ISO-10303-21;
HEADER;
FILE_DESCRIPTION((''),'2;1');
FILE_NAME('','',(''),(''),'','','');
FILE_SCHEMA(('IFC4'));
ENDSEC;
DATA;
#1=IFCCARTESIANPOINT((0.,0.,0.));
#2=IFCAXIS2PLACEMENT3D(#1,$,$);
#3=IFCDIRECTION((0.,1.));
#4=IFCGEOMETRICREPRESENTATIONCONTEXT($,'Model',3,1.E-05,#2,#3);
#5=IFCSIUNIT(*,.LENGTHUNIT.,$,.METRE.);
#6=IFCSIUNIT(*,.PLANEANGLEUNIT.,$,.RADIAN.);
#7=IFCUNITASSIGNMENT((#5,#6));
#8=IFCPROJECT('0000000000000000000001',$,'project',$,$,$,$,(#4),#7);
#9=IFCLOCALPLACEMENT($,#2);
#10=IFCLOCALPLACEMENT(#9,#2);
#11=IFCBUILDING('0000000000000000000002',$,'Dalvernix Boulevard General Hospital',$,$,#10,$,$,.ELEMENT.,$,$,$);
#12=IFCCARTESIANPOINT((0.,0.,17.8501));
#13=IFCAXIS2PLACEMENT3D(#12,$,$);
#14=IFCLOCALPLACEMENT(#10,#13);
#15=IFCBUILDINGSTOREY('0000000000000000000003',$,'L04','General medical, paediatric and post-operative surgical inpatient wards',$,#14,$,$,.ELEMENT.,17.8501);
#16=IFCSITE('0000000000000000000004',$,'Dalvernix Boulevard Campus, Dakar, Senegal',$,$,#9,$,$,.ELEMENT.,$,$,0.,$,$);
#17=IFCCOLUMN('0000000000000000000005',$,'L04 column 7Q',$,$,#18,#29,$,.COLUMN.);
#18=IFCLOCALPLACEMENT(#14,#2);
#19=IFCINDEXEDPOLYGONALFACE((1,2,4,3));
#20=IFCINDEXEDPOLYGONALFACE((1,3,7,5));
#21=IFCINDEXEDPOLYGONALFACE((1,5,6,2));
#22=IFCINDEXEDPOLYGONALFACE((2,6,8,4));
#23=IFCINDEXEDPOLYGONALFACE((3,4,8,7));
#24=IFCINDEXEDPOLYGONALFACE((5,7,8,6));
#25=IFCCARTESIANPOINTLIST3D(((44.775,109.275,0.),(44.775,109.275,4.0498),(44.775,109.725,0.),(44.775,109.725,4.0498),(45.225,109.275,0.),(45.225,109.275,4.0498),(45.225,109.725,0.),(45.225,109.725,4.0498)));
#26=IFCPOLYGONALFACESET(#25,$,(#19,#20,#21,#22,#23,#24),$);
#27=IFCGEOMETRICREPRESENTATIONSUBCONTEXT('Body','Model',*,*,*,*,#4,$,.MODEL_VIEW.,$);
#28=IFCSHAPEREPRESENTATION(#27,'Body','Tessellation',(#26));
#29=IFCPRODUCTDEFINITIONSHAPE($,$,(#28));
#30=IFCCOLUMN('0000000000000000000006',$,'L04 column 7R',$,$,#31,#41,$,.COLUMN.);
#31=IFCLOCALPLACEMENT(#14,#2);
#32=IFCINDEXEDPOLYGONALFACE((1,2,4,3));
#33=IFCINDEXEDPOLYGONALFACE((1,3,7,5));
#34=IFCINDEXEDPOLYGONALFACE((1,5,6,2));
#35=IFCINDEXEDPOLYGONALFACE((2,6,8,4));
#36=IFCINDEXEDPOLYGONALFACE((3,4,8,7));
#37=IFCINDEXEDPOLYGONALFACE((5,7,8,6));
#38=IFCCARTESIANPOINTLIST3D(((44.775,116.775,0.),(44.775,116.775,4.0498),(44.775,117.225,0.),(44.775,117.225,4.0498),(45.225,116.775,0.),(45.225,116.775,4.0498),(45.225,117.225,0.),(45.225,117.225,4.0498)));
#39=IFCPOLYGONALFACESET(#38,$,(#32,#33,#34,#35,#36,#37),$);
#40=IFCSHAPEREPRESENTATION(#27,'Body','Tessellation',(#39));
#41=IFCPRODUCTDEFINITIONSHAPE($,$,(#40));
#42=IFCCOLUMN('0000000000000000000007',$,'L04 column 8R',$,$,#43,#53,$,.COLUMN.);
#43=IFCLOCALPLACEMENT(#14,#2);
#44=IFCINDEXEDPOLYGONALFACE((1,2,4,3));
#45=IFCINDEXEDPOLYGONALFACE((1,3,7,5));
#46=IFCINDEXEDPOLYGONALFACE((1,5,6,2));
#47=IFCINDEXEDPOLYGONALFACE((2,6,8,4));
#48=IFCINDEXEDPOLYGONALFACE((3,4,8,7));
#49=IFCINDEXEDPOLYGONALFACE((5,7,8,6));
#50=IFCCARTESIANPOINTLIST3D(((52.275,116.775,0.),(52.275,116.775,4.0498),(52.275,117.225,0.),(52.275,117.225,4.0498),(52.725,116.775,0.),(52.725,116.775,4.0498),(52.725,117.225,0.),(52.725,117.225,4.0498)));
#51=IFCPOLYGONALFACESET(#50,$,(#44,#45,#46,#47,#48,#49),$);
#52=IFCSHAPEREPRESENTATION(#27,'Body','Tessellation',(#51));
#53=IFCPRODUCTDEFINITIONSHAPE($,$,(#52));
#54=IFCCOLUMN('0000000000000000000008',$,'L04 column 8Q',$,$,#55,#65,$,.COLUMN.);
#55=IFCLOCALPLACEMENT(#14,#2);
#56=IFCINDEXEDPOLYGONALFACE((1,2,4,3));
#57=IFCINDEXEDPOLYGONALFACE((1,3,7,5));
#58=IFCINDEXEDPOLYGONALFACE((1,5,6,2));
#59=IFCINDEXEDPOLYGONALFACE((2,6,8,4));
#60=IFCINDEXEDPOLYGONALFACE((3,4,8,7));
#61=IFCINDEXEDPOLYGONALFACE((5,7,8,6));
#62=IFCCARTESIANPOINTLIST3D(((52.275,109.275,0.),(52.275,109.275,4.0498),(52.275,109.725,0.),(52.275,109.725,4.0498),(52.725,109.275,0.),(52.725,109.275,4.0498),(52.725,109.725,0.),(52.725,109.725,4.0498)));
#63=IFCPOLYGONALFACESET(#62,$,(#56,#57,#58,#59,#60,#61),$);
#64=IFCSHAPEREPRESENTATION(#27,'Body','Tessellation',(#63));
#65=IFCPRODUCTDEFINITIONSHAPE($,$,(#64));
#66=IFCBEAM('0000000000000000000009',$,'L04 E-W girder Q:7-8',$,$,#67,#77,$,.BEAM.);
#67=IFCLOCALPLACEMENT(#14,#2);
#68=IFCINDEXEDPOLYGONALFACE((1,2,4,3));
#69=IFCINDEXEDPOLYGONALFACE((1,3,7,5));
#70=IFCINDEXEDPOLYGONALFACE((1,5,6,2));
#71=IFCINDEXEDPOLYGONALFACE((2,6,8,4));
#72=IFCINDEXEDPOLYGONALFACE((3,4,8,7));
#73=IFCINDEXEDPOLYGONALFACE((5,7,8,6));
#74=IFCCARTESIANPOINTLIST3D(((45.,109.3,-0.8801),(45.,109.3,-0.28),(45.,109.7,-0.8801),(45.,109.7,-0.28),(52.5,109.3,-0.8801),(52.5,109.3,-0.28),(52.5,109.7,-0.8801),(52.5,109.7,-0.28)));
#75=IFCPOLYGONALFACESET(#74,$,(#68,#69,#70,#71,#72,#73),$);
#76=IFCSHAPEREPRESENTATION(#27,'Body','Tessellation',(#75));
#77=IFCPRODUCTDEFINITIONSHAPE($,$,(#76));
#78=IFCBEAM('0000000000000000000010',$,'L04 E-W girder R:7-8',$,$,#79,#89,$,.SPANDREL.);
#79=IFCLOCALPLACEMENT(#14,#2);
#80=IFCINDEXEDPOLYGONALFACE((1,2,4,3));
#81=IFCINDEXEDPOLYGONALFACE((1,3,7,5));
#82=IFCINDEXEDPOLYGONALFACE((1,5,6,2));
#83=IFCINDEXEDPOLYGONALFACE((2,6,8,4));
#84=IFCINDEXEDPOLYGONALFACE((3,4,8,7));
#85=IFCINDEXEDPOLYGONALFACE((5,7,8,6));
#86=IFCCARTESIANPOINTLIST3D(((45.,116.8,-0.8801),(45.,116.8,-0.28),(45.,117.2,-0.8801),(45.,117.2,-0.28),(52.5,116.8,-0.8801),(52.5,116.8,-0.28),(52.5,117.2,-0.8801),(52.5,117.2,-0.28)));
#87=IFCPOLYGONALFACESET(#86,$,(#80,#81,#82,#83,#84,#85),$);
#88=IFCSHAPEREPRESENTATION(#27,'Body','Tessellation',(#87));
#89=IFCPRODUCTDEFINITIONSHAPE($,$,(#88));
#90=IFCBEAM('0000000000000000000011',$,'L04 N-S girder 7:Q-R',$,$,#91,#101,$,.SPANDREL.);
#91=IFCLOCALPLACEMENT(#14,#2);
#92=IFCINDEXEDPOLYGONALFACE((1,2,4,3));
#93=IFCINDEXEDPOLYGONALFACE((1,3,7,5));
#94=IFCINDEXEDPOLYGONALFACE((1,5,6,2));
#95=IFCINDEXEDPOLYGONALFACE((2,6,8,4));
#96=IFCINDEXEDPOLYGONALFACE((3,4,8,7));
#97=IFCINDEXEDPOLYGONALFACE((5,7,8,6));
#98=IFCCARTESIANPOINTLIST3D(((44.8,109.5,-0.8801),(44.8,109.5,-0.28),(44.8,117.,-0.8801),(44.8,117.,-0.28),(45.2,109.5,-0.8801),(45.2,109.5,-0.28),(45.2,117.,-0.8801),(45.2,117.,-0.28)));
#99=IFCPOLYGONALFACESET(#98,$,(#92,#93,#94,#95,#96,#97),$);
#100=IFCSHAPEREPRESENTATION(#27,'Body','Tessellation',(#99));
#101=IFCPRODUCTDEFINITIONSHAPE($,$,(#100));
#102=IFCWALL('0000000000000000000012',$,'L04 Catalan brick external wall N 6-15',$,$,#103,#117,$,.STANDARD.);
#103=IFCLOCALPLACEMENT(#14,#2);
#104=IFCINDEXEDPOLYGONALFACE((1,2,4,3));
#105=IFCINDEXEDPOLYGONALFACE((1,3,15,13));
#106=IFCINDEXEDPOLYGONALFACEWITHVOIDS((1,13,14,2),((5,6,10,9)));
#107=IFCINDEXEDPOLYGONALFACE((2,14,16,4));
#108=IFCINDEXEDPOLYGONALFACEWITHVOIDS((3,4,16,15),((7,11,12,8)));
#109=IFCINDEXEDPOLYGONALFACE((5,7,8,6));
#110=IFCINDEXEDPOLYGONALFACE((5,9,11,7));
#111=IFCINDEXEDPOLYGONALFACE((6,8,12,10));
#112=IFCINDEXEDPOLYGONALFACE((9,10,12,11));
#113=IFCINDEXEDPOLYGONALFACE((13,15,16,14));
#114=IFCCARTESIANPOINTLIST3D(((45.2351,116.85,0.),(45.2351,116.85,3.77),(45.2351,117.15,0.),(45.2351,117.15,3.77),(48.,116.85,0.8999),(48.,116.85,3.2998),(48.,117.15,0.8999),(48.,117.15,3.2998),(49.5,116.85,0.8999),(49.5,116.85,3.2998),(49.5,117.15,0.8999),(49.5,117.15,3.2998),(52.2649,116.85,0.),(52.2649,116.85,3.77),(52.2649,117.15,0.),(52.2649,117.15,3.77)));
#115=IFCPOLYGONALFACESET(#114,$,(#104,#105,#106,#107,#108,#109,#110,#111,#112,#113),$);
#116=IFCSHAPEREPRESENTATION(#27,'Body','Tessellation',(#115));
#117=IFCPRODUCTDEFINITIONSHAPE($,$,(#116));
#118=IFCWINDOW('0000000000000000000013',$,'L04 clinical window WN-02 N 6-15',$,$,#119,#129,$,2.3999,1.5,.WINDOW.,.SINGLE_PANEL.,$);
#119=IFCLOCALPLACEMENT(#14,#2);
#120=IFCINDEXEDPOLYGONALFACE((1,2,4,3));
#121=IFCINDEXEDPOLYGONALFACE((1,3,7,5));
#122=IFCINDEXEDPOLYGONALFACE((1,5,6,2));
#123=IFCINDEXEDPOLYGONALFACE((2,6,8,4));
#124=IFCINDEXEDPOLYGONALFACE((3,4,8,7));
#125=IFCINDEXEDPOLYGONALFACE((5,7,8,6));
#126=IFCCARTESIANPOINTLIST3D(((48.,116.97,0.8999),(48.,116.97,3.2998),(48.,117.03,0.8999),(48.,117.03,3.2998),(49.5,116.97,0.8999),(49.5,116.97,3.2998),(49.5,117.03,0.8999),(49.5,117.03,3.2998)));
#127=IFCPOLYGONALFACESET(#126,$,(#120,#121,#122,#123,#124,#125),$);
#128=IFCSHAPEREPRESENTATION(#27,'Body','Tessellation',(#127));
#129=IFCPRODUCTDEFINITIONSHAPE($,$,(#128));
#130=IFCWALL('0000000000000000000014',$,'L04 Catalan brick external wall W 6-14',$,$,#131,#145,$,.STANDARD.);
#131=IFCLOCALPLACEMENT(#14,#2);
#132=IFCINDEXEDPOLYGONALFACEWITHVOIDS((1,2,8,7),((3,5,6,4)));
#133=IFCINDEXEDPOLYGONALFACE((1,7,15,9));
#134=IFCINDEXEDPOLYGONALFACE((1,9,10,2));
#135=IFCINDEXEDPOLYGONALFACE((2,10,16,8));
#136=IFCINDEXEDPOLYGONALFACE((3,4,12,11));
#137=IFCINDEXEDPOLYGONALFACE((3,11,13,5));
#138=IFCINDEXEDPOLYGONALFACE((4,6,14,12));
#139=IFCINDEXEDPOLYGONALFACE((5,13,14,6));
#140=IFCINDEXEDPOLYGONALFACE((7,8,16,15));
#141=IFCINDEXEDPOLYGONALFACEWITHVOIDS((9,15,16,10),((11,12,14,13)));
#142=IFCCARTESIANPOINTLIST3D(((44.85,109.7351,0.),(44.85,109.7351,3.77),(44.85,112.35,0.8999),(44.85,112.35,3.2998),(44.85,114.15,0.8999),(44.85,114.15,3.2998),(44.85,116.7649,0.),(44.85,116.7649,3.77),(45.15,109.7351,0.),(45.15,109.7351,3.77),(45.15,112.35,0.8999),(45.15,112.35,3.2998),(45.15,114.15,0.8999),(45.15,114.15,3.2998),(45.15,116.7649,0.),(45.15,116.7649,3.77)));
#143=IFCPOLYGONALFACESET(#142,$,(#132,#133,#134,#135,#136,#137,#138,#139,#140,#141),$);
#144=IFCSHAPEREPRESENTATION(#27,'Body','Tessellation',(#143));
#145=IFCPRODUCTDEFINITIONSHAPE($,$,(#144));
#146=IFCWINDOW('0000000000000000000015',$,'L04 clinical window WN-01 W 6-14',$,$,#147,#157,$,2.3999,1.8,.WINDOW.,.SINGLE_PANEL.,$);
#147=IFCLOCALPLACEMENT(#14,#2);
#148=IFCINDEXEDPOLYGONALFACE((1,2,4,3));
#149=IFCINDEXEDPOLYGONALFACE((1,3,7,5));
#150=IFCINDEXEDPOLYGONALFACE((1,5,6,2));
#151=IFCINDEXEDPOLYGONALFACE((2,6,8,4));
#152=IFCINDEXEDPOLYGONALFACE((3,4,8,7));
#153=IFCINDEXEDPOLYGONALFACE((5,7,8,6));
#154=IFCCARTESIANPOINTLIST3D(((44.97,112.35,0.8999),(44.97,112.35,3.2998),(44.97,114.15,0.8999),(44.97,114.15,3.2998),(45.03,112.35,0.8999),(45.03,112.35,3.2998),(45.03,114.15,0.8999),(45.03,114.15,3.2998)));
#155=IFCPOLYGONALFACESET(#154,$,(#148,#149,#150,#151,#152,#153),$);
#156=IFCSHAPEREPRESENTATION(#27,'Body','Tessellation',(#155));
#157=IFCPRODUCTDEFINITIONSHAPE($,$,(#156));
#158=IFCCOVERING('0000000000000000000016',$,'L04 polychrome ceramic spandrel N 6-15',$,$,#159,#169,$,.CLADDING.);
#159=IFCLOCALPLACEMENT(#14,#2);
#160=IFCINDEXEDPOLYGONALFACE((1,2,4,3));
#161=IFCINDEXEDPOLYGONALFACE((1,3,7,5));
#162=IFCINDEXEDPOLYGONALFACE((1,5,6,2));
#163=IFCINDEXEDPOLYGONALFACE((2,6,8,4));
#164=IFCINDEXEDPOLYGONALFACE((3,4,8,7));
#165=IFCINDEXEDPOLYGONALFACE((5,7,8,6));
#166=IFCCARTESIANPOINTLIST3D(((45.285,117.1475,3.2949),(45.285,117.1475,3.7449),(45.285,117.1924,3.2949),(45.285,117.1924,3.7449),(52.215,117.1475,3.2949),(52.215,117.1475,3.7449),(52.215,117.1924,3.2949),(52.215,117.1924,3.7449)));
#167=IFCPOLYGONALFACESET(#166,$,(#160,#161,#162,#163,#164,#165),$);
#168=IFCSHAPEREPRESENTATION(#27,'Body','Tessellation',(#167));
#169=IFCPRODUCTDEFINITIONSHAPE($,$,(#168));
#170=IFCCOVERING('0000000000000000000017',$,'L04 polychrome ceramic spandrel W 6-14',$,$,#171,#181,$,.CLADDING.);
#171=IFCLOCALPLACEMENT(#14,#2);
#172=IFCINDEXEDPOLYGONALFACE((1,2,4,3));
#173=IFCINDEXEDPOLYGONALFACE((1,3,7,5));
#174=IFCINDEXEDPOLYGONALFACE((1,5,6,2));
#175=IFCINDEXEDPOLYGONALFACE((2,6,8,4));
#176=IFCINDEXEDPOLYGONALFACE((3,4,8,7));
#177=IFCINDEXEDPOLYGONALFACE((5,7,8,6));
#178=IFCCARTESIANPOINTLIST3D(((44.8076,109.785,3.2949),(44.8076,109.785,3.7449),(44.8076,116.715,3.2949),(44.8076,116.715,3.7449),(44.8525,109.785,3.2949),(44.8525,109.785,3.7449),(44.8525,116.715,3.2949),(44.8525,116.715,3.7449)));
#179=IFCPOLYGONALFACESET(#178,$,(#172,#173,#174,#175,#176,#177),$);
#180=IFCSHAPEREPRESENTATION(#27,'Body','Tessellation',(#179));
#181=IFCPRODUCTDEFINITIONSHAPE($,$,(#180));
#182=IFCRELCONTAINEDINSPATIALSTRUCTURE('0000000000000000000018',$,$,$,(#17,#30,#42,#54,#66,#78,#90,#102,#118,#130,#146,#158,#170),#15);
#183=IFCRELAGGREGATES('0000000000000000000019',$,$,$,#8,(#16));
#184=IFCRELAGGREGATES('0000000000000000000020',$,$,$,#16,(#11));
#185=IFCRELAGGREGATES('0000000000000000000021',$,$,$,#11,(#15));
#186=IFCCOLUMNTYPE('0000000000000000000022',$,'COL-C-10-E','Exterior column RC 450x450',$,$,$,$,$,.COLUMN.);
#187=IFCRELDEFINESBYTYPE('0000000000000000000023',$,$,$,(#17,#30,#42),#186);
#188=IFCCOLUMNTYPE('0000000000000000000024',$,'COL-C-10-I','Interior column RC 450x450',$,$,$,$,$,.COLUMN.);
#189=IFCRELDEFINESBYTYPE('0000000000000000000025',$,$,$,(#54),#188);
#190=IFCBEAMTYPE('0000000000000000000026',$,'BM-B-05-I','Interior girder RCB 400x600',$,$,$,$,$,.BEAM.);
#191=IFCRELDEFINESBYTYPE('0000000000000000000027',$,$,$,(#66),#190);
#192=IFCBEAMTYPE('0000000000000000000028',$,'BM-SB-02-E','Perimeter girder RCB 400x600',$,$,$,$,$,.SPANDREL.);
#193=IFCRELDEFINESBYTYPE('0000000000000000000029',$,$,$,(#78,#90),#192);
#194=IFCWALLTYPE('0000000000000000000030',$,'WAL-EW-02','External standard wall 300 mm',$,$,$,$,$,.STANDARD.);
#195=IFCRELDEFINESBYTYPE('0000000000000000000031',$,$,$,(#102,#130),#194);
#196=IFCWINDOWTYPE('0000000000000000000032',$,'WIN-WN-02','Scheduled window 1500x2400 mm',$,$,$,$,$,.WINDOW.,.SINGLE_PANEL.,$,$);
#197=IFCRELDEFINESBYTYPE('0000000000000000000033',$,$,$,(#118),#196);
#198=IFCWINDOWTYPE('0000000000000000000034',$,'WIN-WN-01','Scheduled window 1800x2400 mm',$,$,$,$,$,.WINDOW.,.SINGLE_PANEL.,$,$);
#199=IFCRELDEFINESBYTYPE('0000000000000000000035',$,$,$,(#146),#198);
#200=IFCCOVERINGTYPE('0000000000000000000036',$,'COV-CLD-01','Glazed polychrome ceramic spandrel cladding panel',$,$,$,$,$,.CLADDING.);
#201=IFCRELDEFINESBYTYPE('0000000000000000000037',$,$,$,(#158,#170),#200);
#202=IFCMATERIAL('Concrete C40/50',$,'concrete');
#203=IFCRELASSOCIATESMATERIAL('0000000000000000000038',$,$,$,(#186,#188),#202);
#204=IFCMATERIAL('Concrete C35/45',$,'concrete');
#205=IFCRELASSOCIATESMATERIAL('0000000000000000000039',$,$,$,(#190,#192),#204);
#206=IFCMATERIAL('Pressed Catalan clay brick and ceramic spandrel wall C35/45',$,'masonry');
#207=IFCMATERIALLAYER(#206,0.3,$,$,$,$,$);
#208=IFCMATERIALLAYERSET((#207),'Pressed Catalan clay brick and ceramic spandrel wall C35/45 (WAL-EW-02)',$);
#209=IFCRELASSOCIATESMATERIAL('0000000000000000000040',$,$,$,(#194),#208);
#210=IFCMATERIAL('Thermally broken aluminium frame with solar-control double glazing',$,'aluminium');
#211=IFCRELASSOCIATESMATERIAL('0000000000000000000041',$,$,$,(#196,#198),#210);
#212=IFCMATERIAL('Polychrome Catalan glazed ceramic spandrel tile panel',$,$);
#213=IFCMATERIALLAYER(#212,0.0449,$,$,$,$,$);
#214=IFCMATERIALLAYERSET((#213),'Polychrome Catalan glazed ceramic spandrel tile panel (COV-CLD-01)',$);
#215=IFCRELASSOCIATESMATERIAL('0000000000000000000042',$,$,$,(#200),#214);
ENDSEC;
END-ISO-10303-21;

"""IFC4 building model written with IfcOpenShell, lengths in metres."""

from ifc_helpers import new_model, si_unit, direction, frame, frame_2d, origin, origin_2d, place, context, subcontext, project, spatial, rectangle, extrude, material, layer, layer_set, material_profile, profile_set, type_object, element, fill, save


model = new_model("IFC4")

# Units and contexts
model_context = context("Model", 3, precision=1e-05, world=origin(), true_north=direction((0.0, 1.0)))
body_context = subcontext(model_context, "Body", "Model", "MODEL_VIEW")
ifc_project = project(units=[si_unit("LENGTHUNIT", "METRE"), si_unit("PLANEANGLEUNIT", "RADIAN")], contexts=[model_context])

# Site, building, storey
site_placement = place(None, origin())
site = spatial("IfcSite", under=ifc_project, at=site_placement, Name="Dalvernix Boulevard Campus, Dakar, Senegal", CompositionType="ELEMENT", RefElevation=0.0)
building_placement = place(site_placement, origin())
building = spatial("IfcBuilding", under=site, at=building_placement, Name="Dalvernix Boulevard General Hospital", CompositionType="ELEMENT")
storey_placement = place(building_placement, frame((0.0, 0.0, 17.8501)))
storey = spatial("IfcBuildingStorey", under=building, at=storey_placement, Name="L04", Description="General medical, paediatric and post-operative surgical inpatient wards", CompositionType="ELEMENT", Elevation=17.8501)

# Columns
ifc_material_1 = material(Name="Concrete C40/50", Category="concrete")
ifc_material_profile_1 = material_profile(ifc_material_1, rectangle(XDim=0.45, YDim=0.45, at=origin_2d()), Name="RC 450x450")
ifc_profile_set_1 = profile_set([ifc_material_profile_1], Name="Concrete C40/50")
column_type_1 = type_object("IfcColumnType", Name="COL-C-10-E", Description="Exterior column RC 450x450", PredefinedType="COLUMN", material=ifc_profile_set_1)
for number, where, z_axis, x_axis, name in (
    (1, (45.0, 109.5, 0.0), (0.0, 0.0, 1.0), (1.0, 0.0, 0.0), "L04 column 7Q"),
    (2, (45.0, 117.0, 0.0), (0.0, 0.0, 1.0), (1.0, 0.0, 0.0), "L04 column 7R"),
    (3, (52.5, 117.0, 0.0), (0.0, 0.0, 1.0), (1.0, 0.0, 0.0), "L04 column 8R"),
):
    element("IfcColumn", number, at=place(storey_placement, frame(where, z_axis=z_axis, x_axis=x_axis)), inside=storey, type_object=column_type_1, Name=name, PredefinedType="COLUMN", context=body_context, shape_type="SweptSolid", body=[
        extrude(rectangle(XDim=0.45, YDim=0.45, at=origin_2d()), origin(), (0.0, 0.0, 1.0), 4.0498),
    ])
ifc_material_profile_2 = material_profile(ifc_material_1, rectangle(XDim=0.45, YDim=0.45, at=origin_2d()), Name="RC 450x450")
ifc_profile_set_2 = profile_set([ifc_material_profile_2], Name="Concrete C40/50")
column_type_2 = type_object("IfcColumnType", Name="COL-C-10-I", Description="Interior column RC 450x450", PredefinedType="COLUMN", material=ifc_profile_set_2)
column_placement = place(storey_placement, frame((52.5, 109.5, 0.0), z_axis=(0.0, 0.0, 1.0), x_axis=(1.0, 0.0, 0.0)))
element("IfcColumn", 4, at=column_placement, inside=storey, type_object=column_type_2, Name="L04 column 8Q", PredefinedType="COLUMN", context=body_context, shape_type="SweptSolid", body=[
    extrude(rectangle(XDim=0.45, YDim=0.45, at=origin_2d()), origin(), (0.0, 0.0, 1.0), 4.0498),
])

# Beams
ifc_material_2 = material(Name="Concrete C35/45", Category="concrete")
ifc_material_profile_3 = material_profile(ifc_material_2, rectangle(XDim=0.3999, YDim=0.6001, at=origin_2d()), Name="RCB 400x600")
ifc_profile_set_3 = profile_set([ifc_material_profile_3], Name="Concrete C35/45")
beam_type_1 = type_object("IfcBeamType", Name="BM-B-05-I", Description="Interior girder RCB 400x600", PredefinedType="BEAM", material=ifc_profile_set_3)
beam_placement = place(storey_placement, frame((45.0, 109.5, -0.5801), z_axis=(1.0, 0.0, 0.0), x_axis=(0.0, 1.0, 0.0)))
element("IfcBeam", 5, at=beam_placement, inside=storey, type_object=beam_type_1, Name="L04 E-W girder Q:7-8", PredefinedType="BEAM", context=body_context, shape_type="SweptSolid", body=[
    extrude(rectangle(XDim=0.3999, YDim=0.6001, at=origin_2d()), origin(), (0.0, 0.0, 1.0), 7.5),
])
ifc_material_profile_4 = material_profile(ifc_material_2, rectangle(XDim=0.3999, YDim=0.6001, at=origin_2d()), Name="RCB 400x600")
ifc_profile_set_4 = profile_set([ifc_material_profile_4], Name="Concrete C35/45")
beam_type_2 = type_object("IfcBeamType", Name="BM-SB-02-E", Description="Perimeter girder RCB 400x600", PredefinedType="SPANDREL", material=ifc_profile_set_4)
for number, where, z_axis, x_axis, name in (
    (6, (45.0, 117.0, -0.5801), (1.0, 0.0, 0.0), (0.0, 1.0, 0.0), "L04 E-W girder R:7-8"),
    (7, (45.0, 109.5, -0.5801), (0.0, 1.0, 0.0), (-1.0, 0.0, 0.0), "L04 N-S girder 7:Q-R"),
):
    element("IfcBeam", number, at=place(storey_placement, frame(where, z_axis=z_axis, x_axis=x_axis)), inside=storey, type_object=beam_type_2, Name=name, PredefinedType="SPANDREL", context=body_context, shape_type="SweptSolid", body=[
        extrude(rectangle(XDim=0.3999, YDim=0.6001, at=origin_2d()), origin(), (0.0, 0.0, 1.0), 7.5),
    ])

# Walls, openings, windows
ifc_material_3 = material(Name="Pressed Catalan clay brick and ceramic spandrel wall C35/45", Category="masonry")
ifc_layer_1 = layer(ifc_material_3, 0.3)
ifc_layer_set_1 = layer_set([ifc_layer_1], Name="Pressed Catalan clay brick and ceramic spandrel wall C35/45 (WAL-EW-02)")
wall_type = type_object("IfcWallType", Name="WAL-EW-02", Description="External standard wall 300 mm", PredefinedType="STANDARD", material=ifc_layer_set_1)
wall_1_placement = place(storey_placement, frame((45.2351, 117.0, 0.0), z_axis=(0.0, 0.0, 1.0), x_axis=(1.0, 0.0, 0.0)))
wall_1 = element("IfcWall", 8, at=wall_1_placement, inside=storey, type_object=wall_type, Name="L04 Catalan brick external wall N 6-15", PredefinedType="STANDARD", context=body_context, shape_type="SweptSolid", body=[
    extrude(rectangle(XDim=7.0298, YDim=0.3, at=frame_2d((3.5149, 0.0))), origin(), (0.0, 0.0, 1.0), 3.77),
])
opening_1_placement = place(wall_1_placement, frame((2.7649, 0.0, 0.8999)))
opening_1 = element("IfcOpeningElement", 9, at=opening_1_placement, cuts=wall_1, PredefinedType="OPENING", context=body_context, shape_type="SweptSolid", body=[
    extrude(rectangle(XDim=1.5, YDim=2.3999, at=frame_2d((0.75, 1.2))), frame((0.0, 0.1599, 0.0), z_axis=(0.0, -1.0, 0.0), x_axis=(1.0, 0.0, 0.0)), (0.0, 0.0, 1.0), 0.3201),
])
ifc_material_4 = material(Name="Thermally broken aluminium frame with solar-control double glazing", Category="aluminium")
window_type_1 = type_object("IfcWindowType", Name="WIN-WN-02", Description="Scheduled window 1500x2400 mm", PartitioningType="SINGLE_PANEL", PredefinedType="WINDOW", material=ifc_material_4)
window_1_placement = place(opening_1_placement, origin())
window_1 = element("IfcWindow", 10, at=window_1_placement, inside=storey, type_object=window_type_1, Name="L04 clinical window WN-02 N 6-15", OverallHeight=2.3999, OverallWidth=1.5, PartitioningType="SINGLE_PANEL", PredefinedType="WINDOW", context=body_context, shape_type="SweptSolid", body=[
    extrude(rectangle(XDim=1.5, YDim=2.3999, at=frame_2d((0.75, 1.2))), frame((0.0, 0.03, 0.0), z_axis=(0.0, -1.0, 0.0), x_axis=(1.0, 0.0, 0.0)), (0.0, 0.0, 1.0), 0.0601),
])
fill(opening_1, window_1)
wall_2_placement = place(storey_placement, frame((45.0, 109.7351, 0.0), z_axis=(0.0, 0.0, 1.0), x_axis=(0.0, 1.0, 0.0)))
wall_2 = element("IfcWall", 11, at=wall_2_placement, inside=storey, type_object=wall_type, Name="L04 Catalan brick external wall W 6-14", PredefinedType="STANDARD", context=body_context, shape_type="SweptSolid", body=[
    extrude(rectangle(XDim=7.0298, YDim=0.3, at=frame_2d((3.5149, 0.0))), origin(), (0.0, 0.0, 1.0), 3.77),
])
opening_2_placement = place(wall_2_placement, frame((2.615, 0.0, 0.8999)))
opening_2 = element("IfcOpeningElement", 12, at=opening_2_placement, cuts=wall_2, PredefinedType="OPENING", context=body_context, shape_type="SweptSolid", body=[
    extrude(rectangle(XDim=1.8, YDim=2.3999, at=frame_2d((0.8999, 1.2))), frame((0.0, 0.1599, 0.0), z_axis=(0.0, -1.0, 0.0), x_axis=(1.0, 0.0, 0.0)), (0.0, 0.0, 1.0), 0.3201),
])
window_type_2 = type_object("IfcWindowType", Name="WIN-WN-01", Description="Scheduled window 1800x2400 mm", PartitioningType="SINGLE_PANEL", PredefinedType="WINDOW", material=ifc_material_4)
window_2_placement = place(opening_2_placement, origin())
window_2 = element("IfcWindow", 13, at=window_2_placement, inside=storey, type_object=window_type_2, Name="L04 clinical window WN-01 W 6-14", OverallHeight=2.3999, OverallWidth=1.8, PartitioningType="SINGLE_PANEL", PredefinedType="WINDOW", context=body_context, shape_type="SweptSolid", body=[
    extrude(rectangle(XDim=1.8, YDim=2.3999, at=frame_2d((0.8999, 1.2))), frame((0.0, 0.03, 0.0), z_axis=(0.0, -1.0, 0.0), x_axis=(1.0, 0.0, 0.0)), (0.0, 0.0, 1.0), 0.0601),
])
fill(opening_2, window_2)

# Coverings
ifc_material_5 = material(Name="Polychrome Catalan glazed ceramic spandrel tile panel")
ifc_layer_2 = layer(ifc_material_5, 0.0449)
ifc_layer_set_2 = layer_set([ifc_layer_2], Name="Polychrome Catalan glazed ceramic spandrel tile panel (COV-CLD-01)")
covering_type_1 = type_object("IfcCoveringType", Name="COV-CLD-01", Description="Glazed polychrome ceramic spandrel cladding panel", PredefinedType="CLADDING", material=ifc_layer_set_2)
for number, where, z_axis, x_axis, name in (
    (14, (48.75, 117.1699, 3.2949), (0.0, 0.0, 1.0), (1.0, 0.0, 0.0), "L04 polychrome ceramic spandrel N 6-15"),
    (15, (44.8301, 113.25, 3.2949), (0.0, 0.0, 1.0), (0.0, 1.0, 0.0), "L04 polychrome ceramic spandrel W 6-14"),
):
    element("IfcCovering", number, at=place(storey_placement, frame(where, z_axis=z_axis, x_axis=x_axis)), inside=storey, type_object=covering_type_1, Name=name, PredefinedType="CLADDING", context=body_context, shape_type="SweptSolid", body=[
        extrude(rectangle(XDim=6.9299, YDim=0.0449, at=origin_2d()), origin(), (0.0, 0.0, 1.0), 0.45),
    ])

save(model, "model.ifc")
